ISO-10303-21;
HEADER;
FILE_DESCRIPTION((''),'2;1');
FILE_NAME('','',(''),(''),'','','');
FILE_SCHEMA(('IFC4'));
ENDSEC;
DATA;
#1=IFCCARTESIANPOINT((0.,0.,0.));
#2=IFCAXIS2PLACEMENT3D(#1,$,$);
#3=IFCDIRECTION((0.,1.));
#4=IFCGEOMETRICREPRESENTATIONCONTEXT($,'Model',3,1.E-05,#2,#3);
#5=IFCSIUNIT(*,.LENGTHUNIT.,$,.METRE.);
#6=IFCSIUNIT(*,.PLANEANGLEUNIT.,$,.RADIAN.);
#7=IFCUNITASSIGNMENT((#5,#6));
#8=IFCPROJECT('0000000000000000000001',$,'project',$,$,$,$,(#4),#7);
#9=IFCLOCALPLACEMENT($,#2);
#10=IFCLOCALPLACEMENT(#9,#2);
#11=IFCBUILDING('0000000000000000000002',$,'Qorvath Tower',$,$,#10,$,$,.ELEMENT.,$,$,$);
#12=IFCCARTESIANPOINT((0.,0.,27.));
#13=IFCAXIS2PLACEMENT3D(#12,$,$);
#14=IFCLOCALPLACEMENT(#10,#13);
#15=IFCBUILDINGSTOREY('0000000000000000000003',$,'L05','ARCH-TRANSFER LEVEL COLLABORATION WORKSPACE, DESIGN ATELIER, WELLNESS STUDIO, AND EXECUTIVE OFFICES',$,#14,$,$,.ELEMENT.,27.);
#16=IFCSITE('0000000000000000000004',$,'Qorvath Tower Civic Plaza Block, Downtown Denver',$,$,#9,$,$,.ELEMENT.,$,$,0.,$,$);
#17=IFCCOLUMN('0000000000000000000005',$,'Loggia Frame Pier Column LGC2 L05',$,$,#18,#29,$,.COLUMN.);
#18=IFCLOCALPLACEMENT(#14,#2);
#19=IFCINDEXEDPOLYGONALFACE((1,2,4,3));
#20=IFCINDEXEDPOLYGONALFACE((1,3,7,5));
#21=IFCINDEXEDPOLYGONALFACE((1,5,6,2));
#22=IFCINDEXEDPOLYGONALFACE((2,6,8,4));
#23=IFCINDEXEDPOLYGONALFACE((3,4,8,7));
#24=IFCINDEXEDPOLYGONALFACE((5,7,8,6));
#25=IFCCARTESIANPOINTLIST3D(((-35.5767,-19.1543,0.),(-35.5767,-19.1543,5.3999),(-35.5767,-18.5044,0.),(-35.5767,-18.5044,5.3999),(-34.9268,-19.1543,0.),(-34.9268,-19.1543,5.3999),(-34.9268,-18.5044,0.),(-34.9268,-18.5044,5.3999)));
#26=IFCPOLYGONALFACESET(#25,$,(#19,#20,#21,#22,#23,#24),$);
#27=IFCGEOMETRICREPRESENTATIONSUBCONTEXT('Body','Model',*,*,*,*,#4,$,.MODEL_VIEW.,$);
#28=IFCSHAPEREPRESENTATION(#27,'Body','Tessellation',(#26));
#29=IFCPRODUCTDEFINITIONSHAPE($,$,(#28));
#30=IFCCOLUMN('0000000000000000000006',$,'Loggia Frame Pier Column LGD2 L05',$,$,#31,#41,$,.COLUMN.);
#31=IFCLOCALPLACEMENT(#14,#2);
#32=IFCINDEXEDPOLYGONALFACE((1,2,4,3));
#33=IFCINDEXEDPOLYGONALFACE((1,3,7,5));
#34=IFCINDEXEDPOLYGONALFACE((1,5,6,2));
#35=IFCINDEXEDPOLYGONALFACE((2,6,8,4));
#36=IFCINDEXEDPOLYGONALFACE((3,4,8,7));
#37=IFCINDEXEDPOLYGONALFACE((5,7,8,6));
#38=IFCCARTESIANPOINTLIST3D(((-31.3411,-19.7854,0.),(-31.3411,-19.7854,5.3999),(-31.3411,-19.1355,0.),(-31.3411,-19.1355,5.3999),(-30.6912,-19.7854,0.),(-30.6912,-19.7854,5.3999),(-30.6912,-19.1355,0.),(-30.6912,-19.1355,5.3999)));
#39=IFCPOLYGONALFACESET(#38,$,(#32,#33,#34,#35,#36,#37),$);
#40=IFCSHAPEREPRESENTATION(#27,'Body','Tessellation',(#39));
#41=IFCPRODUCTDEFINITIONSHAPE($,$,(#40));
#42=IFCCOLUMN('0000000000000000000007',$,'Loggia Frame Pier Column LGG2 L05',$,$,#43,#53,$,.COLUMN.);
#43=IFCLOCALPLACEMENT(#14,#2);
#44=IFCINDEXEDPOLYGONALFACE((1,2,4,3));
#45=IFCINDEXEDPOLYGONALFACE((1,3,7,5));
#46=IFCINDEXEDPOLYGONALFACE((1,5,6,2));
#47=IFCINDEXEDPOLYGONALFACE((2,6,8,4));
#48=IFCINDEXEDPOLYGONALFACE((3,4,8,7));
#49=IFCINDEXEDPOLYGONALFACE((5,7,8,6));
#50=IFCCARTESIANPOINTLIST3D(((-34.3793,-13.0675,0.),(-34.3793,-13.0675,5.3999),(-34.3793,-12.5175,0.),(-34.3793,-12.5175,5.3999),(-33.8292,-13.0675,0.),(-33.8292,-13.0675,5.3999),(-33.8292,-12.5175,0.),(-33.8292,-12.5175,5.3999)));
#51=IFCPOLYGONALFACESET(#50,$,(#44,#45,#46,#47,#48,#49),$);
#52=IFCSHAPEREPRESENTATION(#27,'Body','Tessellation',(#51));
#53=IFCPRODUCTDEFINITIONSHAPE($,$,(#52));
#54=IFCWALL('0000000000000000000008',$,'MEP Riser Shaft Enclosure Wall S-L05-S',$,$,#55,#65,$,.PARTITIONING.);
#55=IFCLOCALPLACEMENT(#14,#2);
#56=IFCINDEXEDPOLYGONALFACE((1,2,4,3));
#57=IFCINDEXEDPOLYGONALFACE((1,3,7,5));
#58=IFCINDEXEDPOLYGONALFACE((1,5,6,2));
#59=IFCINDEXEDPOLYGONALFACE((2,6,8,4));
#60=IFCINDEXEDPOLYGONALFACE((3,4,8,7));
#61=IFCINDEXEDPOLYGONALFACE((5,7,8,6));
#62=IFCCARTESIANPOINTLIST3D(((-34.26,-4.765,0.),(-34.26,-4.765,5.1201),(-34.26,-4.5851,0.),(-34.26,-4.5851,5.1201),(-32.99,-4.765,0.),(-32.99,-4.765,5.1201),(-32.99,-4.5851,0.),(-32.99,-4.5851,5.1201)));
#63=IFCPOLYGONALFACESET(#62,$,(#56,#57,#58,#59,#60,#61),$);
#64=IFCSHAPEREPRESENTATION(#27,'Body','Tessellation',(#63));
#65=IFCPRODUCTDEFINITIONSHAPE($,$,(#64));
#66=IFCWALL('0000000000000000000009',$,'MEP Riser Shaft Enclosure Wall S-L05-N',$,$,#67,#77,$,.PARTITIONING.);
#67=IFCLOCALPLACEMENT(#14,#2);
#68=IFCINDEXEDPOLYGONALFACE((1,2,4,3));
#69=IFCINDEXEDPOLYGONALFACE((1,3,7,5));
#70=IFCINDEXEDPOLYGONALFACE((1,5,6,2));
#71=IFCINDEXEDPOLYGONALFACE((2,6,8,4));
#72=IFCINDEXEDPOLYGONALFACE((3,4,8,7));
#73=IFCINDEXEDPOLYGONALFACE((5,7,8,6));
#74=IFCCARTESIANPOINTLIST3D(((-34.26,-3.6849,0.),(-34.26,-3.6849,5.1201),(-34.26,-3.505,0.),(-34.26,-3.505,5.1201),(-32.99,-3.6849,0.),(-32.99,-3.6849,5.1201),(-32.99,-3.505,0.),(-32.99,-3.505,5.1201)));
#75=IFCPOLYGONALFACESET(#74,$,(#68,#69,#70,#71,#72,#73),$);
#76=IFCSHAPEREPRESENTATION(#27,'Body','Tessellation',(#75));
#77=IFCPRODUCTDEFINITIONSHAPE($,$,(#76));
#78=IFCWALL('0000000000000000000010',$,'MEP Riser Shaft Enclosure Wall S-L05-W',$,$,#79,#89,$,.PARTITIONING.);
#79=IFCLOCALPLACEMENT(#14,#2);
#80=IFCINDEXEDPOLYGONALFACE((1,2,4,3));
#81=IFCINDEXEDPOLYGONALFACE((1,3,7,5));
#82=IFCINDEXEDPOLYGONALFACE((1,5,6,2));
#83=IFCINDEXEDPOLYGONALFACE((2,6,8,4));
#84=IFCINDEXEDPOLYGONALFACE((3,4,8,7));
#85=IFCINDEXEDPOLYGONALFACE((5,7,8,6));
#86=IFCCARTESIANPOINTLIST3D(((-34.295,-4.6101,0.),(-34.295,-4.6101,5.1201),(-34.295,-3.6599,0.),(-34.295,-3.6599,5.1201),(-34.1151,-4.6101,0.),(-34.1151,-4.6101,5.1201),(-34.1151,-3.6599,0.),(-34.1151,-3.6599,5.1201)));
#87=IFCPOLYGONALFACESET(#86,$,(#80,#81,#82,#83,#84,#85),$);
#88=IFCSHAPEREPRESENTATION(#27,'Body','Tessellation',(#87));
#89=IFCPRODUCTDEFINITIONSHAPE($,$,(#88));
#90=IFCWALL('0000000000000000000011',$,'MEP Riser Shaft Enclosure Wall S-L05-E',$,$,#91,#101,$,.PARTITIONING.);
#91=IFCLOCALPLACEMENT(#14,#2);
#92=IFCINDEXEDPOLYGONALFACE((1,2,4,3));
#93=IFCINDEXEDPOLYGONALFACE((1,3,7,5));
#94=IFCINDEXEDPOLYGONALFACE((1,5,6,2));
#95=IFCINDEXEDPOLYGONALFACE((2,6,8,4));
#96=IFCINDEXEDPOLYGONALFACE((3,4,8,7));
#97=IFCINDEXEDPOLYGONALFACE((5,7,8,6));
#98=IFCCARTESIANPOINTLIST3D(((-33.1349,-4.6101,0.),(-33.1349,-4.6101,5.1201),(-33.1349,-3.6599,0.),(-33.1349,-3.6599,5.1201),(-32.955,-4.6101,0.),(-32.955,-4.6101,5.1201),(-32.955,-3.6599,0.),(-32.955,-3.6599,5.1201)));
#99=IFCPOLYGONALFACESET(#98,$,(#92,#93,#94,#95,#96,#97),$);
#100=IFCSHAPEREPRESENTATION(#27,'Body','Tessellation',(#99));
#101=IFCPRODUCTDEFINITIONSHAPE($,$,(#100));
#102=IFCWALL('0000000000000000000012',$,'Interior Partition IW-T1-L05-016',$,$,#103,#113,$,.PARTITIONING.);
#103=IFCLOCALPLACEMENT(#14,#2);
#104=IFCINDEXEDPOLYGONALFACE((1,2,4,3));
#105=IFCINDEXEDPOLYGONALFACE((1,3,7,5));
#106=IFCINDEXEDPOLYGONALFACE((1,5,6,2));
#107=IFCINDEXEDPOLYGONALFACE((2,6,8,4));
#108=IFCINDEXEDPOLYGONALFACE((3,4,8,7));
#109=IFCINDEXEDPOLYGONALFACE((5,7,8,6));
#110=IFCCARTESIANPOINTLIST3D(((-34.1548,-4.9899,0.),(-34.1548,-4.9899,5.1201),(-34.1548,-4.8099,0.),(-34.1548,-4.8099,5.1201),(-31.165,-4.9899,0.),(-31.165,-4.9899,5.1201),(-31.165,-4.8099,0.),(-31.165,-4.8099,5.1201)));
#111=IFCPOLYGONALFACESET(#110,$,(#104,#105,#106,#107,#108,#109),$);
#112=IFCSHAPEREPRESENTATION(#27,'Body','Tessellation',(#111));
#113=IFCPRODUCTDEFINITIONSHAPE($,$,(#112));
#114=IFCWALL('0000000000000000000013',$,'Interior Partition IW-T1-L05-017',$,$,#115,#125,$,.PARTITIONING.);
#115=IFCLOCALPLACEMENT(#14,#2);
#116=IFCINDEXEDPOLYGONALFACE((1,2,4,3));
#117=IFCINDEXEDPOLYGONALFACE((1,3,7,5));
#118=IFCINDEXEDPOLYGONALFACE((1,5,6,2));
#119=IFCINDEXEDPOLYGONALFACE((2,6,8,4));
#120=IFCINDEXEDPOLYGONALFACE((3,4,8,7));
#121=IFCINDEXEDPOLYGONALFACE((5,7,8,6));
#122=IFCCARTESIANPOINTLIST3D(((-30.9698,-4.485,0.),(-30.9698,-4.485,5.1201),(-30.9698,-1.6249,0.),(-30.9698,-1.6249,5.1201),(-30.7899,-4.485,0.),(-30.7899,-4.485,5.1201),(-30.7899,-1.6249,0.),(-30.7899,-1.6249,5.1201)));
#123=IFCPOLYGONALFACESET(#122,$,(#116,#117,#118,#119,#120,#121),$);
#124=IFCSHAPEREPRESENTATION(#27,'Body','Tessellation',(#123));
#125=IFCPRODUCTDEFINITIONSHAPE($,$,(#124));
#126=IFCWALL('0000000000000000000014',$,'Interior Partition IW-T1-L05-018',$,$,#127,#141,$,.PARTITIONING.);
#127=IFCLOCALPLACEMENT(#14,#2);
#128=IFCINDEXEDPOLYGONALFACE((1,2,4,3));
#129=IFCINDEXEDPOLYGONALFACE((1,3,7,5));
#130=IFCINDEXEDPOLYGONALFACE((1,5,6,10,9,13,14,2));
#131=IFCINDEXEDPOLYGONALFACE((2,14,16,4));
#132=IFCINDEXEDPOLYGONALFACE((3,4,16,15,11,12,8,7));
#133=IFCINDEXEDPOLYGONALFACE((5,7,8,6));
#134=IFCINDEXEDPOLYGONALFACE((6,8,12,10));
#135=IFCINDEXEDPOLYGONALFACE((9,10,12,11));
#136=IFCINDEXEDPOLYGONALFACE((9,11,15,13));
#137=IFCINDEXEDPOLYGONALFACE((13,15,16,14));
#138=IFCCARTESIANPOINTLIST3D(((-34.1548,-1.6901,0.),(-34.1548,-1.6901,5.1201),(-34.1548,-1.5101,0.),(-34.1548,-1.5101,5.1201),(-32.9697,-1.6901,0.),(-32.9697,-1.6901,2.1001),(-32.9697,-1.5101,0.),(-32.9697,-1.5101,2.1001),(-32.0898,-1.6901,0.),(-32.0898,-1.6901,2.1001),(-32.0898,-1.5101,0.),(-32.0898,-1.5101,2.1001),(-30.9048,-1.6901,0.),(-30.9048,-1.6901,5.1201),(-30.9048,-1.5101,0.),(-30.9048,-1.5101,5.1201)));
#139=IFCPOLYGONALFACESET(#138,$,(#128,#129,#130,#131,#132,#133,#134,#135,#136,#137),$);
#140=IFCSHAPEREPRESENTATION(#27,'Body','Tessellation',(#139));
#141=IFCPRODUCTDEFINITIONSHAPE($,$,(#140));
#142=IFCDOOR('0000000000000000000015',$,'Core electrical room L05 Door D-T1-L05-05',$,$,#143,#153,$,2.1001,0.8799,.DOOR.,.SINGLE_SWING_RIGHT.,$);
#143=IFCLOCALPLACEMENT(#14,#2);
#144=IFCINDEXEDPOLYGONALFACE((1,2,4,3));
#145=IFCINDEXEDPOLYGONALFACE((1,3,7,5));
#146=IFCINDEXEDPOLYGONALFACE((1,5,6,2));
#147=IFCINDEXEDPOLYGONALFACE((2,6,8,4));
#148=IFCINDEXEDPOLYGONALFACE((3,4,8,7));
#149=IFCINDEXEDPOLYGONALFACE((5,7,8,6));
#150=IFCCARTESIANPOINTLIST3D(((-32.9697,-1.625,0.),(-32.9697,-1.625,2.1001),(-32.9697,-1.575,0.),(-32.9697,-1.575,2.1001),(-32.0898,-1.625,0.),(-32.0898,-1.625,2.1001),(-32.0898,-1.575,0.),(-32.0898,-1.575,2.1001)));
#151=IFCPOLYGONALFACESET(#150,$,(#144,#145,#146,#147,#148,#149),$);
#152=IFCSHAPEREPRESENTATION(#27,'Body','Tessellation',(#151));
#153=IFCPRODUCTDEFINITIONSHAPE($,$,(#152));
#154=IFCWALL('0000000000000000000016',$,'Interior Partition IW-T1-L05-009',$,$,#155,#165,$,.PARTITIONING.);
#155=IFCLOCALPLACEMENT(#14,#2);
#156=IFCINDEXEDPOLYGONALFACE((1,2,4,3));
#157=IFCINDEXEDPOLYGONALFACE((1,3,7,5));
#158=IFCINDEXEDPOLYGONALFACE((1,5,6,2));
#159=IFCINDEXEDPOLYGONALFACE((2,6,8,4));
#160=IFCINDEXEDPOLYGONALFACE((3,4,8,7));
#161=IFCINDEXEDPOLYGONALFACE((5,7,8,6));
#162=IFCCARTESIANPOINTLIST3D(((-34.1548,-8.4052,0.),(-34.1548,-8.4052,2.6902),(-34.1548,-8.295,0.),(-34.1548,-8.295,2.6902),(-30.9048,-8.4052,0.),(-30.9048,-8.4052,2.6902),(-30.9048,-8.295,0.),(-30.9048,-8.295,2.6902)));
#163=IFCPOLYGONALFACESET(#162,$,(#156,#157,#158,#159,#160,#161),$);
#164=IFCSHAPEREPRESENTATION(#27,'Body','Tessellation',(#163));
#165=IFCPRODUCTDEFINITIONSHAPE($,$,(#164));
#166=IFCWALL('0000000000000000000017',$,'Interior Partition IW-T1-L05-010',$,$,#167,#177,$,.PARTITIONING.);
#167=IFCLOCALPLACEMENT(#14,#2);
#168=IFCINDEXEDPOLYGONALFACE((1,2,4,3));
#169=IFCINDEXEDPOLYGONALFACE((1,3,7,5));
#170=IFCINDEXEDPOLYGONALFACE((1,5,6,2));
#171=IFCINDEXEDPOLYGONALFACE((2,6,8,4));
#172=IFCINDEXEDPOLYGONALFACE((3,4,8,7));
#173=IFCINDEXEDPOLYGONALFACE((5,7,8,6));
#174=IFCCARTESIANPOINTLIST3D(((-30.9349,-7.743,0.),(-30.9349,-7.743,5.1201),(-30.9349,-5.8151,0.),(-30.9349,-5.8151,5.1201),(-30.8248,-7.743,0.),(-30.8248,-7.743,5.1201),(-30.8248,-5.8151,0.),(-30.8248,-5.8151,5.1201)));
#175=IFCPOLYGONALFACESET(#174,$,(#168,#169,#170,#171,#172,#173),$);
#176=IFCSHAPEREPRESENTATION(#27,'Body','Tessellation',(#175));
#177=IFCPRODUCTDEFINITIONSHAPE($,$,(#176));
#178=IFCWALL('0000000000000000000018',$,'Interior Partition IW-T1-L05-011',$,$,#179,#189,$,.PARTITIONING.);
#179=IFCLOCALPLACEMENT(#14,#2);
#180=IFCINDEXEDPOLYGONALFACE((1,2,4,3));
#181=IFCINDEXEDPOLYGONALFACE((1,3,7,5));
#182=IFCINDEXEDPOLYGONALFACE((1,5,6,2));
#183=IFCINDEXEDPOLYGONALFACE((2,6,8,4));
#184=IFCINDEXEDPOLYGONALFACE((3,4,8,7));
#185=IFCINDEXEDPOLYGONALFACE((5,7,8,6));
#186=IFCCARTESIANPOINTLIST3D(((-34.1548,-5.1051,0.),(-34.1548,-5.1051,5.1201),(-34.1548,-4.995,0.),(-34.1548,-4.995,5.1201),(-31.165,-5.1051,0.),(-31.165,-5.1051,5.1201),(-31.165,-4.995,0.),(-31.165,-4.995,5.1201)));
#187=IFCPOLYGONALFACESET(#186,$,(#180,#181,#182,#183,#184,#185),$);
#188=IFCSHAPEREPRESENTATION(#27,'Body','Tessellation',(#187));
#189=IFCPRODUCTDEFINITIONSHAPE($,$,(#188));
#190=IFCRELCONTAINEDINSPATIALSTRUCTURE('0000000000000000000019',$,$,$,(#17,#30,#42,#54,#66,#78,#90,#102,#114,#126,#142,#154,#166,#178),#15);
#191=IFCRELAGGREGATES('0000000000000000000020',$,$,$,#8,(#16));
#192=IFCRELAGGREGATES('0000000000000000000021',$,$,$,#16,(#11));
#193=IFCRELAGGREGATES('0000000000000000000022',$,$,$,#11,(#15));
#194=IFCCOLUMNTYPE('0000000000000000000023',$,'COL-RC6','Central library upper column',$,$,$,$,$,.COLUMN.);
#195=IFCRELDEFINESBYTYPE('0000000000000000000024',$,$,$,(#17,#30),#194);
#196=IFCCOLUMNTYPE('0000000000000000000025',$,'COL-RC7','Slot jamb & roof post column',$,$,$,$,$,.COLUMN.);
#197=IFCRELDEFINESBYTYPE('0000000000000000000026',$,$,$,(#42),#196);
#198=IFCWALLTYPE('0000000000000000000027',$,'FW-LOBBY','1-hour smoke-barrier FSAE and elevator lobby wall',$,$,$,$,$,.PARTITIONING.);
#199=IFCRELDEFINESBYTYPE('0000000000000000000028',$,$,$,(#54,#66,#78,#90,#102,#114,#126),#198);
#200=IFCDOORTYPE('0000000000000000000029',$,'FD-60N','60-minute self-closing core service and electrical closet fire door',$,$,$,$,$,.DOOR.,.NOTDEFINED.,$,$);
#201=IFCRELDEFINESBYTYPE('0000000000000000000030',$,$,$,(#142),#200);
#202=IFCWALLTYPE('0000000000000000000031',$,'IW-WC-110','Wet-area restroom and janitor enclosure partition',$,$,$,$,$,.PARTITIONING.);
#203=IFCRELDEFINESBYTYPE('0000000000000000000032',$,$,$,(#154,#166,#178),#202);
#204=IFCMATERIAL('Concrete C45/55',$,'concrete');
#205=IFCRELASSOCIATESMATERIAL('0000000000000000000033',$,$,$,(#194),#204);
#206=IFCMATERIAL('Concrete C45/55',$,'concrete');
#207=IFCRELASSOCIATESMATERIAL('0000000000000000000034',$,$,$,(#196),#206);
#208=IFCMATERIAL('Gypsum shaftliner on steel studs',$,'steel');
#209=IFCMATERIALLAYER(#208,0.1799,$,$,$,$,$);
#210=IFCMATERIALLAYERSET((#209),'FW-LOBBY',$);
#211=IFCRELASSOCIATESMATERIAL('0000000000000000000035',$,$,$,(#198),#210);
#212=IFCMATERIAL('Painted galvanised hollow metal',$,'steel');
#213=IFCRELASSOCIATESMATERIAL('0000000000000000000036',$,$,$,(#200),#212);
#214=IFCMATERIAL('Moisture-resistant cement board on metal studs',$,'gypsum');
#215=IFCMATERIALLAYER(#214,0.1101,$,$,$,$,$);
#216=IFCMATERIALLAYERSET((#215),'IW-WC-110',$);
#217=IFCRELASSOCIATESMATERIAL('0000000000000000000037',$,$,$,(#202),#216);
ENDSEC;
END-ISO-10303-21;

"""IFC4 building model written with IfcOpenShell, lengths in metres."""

from ifc_helpers import new_model, si_unit, direction, frame, frame_2d, origin, origin_2d, place, context, subcontext, project, spatial, rectangle, extrude, material, layer, layer_set, material_profile, profile_set, type_object, element, fill, save


model = new_model("IFC4")

# Units and contexts
model_context = context("Model", 3, precision=1e-05, world=origin(), true_north=direction((0.0, 1.0)))
body_context = subcontext(model_context, "Body", "Model", "MODEL_VIEW")
ifc_project = project(units=[si_unit("LENGTHUNIT", "METRE"), si_unit("PLANEANGLEUNIT", "RADIAN")], contexts=[model_context])

# Site, building, storey
site_placement = place(None, origin())
site = spatial("IfcSite", under=ifc_project, at=site_placement, Name="Qorvath Tower Civic Plaza Block, Downtown Denver", CompositionType="ELEMENT", RefElevation=0.0)
building_placement = place(site_placement, origin())
building = spatial("IfcBuilding", under=site, at=building_placement, Name="Qorvath Tower", CompositionType="ELEMENT")
storey_placement = place(building_placement, frame((0.0, 0.0, 27.0)))
storey = spatial("IfcBuildingStorey", under=building, at=storey_placement, Name="L05", Description="ARCH-TRANSFER LEVEL COLLABORATION WORKSPACE, DESIGN ATELIER, WELLNESS STUDIO, AND EXECUTIVE OFFICES", CompositionType="ELEMENT", Elevation=27.0)

# Columns
ifc_material_1 = material(Name="Concrete C45/55", Category="concrete")
ifc_material_profile_1 = material_profile(ifc_material_1, rectangle(XDim=0.6499, YDim=0.6499, at=origin_2d()), Name="RC 650x650")
ifc_profile_set_1 = profile_set([ifc_material_profile_1], Name="Concrete C45/55")
column_type_1 = type_object("IfcColumnType", Name="COL-RC6", Description="Central library upper column", PredefinedType="COLUMN", material=ifc_profile_set_1)
for number, where, z_axis, x_axis, name in (
    (1, (-35.2517, -18.8293, 0.0), (0.0, 0.0, 1.0), (1.0, 0.0, 0.0), "Loggia Frame Pier Column LGC2 L05"),
    (2, (-31.0161, -19.4604, 0.0), (0.0, 0.0, 1.0), (1.0, 0.0, 0.0), "Loggia Frame Pier Column LGD2 L05"),
):
    element("IfcColumn", number, at=place(storey_placement, frame(where, z_axis=z_axis, x_axis=x_axis)), inside=storey, type_object=column_type_1, Name=name, PredefinedType="COLUMN", context=body_context, shape_type="SweptSolid", body=[
        extrude(rectangle(XDim=0.6499, YDim=0.6499, at=origin_2d()), origin(), (0.0, 0.0, 1.0), 5.3999),
    ])
ifc_material_2 = material(Name="Concrete C45/55", Category="concrete")
ifc_material_profile_2 = material_profile(ifc_material_2, rectangle(XDim=0.55, YDim=0.55, at=origin_2d()), Name="RC 550x550")
ifc_profile_set_2 = profile_set([ifc_material_profile_2], Name="Concrete C45/55")
column_type_2 = type_object("IfcColumnType", Name="COL-RC7", Description="Slot jamb & roof post column", PredefinedType="COLUMN", material=ifc_profile_set_2)
column_placement = place(storey_placement, frame((-34.1042, -12.7925, 0.0), z_axis=(0.0, 0.0, 1.0), x_axis=(1.0, 0.0, 0.0)))
element("IfcColumn", 3, at=column_placement, inside=storey, type_object=column_type_2, Name="Loggia Frame Pier Column LGG2 L05", PredefinedType="COLUMN", context=body_context, shape_type="SweptSolid", body=[
    extrude(rectangle(XDim=0.55, YDim=0.55, at=origin_2d()), origin(), (0.0, 0.0, 1.0), 5.3999),
])

# Walls
ifc_material_3 = material(Name="Gypsum shaftliner on steel studs", Category="steel")
ifc_layer_1 = layer(ifc_material_3, 0.1799)
ifc_layer_set_1 = layer_set([ifc_layer_1], Name="FW-LOBBY")
wall_type_1 = type_object("IfcWallType", Name="FW-LOBBY", Description="1-hour smoke-barrier FSAE and elevator lobby wall", PredefinedType="PARTITIONING", material=ifc_layer_set_1)
for number, where, z_axis, x_axis, name in (
    (4, (-32.99, -4.675, 0.0), (0.0, 0.0, 1.0), (-1.0, 0.0, 0.0), "MEP Riser Shaft Enclosure Wall S-L05-S"),
    (5, (-34.26, -3.595, 0.0), (0.0, 0.0, 1.0), (1.0, 0.0, 0.0), "MEP Riser Shaft Enclosure Wall S-L05-N"),
):
    element("IfcWall", number, at=place(storey_placement, frame(where, z_axis=z_axis, x_axis=x_axis)), inside=storey, type_object=wall_type_1, Name=name, PredefinedType="PARTITIONING", context=body_context, shape_type="SweptSolid", body=[
        extrude(rectangle(XDim=1.27, YDim=0.1799, at=frame_2d((0.635, 0.0))), origin(), (0.0, 0.0, 1.0), 5.1201),
    ])
for number, where, z_axis, x_axis, name in (
    (6, (-34.2051, -4.6101, 0.0), (0.0, 0.0, 1.0), (0.0, 1.0, 0.0), "MEP Riser Shaft Enclosure Wall S-L05-W"),
    (7, (-33.0449, -3.6599, 0.0), (0.0, 0.0, 1.0), (0.0, -1.0, 0.0), "MEP Riser Shaft Enclosure Wall S-L05-E"),
):
    element("IfcWall", number, at=place(storey_placement, frame(where, z_axis=z_axis, x_axis=x_axis)), inside=storey, type_object=wall_type_1, Name=name, PredefinedType="PARTITIONING", context=body_context, shape_type="SweptSolid", body=[
        extrude(rectangle(XDim=0.9502, YDim=0.1799, at=frame_2d((0.4751, 0.0))), origin(), (0.0, 0.0, 1.0), 5.1201),
    ])
wall_1_placement = place(storey_placement, frame((-34.1548, -4.8999, 0.0), z_axis=(0.0, 0.0, 1.0), x_axis=(1.0, 0.0, 0.0)))
element("IfcWall", 8, at=wall_1_placement, inside=storey, type_object=wall_type_1, Name="Interior Partition IW-T1-L05-016", PredefinedType="PARTITIONING", context=body_context, shape_type="SweptSolid", body=[
    extrude(rectangle(XDim=2.9897, YDim=0.1799, at=frame_2d((1.4949, 0.0))), origin(), (0.0, 0.0, 1.0), 5.1201),
])
wall_2_placement = place(storey_placement, frame((-30.8799, -4.4851, 0.0), z_axis=(0.0, 0.0, 1.0), x_axis=(0.0, 1.0, 0.0)))
element("IfcWall", 9, at=wall_2_placement, inside=storey, type_object=wall_type_1, Name="Interior Partition IW-T1-L05-017", PredefinedType="PARTITIONING", context=body_context, shape_type="SweptSolid", body=[
    extrude(rectangle(XDim=2.8601, YDim=0.1799, at=frame_2d((1.4302, 0.0))), origin(), (0.0, 0.0, 1.0), 5.1201),
])

# Wall, opening, door
wall_3_placement = place(storey_placement, frame((-30.9048, -1.6001, 0.0), z_axis=(0.0, 0.0, 1.0), x_axis=(-1.0, 0.0, 0.0)))
wall_3 = element("IfcWall", 10, at=wall_3_placement, inside=storey, type_object=wall_type_1, Name="Interior Partition IW-T1-L05-018", PredefinedType="PARTITIONING", context=body_context, shape_type="SweptSolid", body=[
    extrude(rectangle(XDim=3.25, YDim=0.1799, at=frame_2d((1.625, 0.0))), origin(), (0.0, 0.0, 1.0), 5.1201),
])
opening_1_placement = place(wall_3_placement, frame((1.1851, 0.0, 0.0)))
opening_1 = element("IfcOpeningElement", 11, at=opening_1_placement, cuts=wall_3, PredefinedType="OPENING", context=body_context, shape_type="SweptSolid", body=[
    extrude(rectangle(XDim=0.8799, YDim=2.1001, at=frame_2d((0.4399, 1.05))), frame((0.0, 0.1001, 0.0), z_axis=(0.0, -1.0, 0.0), x_axis=(1.0, 0.0, 0.0)), (0.0, 0.0, 1.0), 0.2),
])
ifc_material_4 = material(Name="Painted galvanised hollow metal", Category="steel")
door_type_1 = type_object("IfcDoorType", Name="FD-60N", Description="60-minute self-closing core service and electrical closet fire door", OperationType="NOTDEFINED", PredefinedType="DOOR", material=ifc_material_4)
door_1_placement = place(opening_1_placement, origin())
door_1 = element("IfcDoor", 12, at=door_1_placement, inside=storey, type_object=door_type_1, Name="Core electrical room L05 Door D-T1-L05-05", OperationType="SINGLE_SWING_RIGHT", OverallHeight=2.1001, OverallWidth=0.8799, PredefinedType="DOOR", context=body_context, shape_type="SweptSolid", body=[
    extrude(rectangle(XDim=0.8799, YDim=2.1001, at=frame_2d((0.4399, 1.05))), frame((0.0, 0.0249, 0.0), z_axis=(0.0, -1.0, 0.0), x_axis=(1.0, 0.0, 0.0)), (0.0, 0.0, 1.0), 0.05),
])
fill(opening_1, door_1)

# Walls
ifc_material_5 = material(Name="Moisture-resistant cement board on metal studs", Category="gypsum")
ifc_layer_2 = layer(ifc_material_5, 0.1101)
ifc_layer_set_2 = layer_set([ifc_layer_2], Name="IW-WC-110")
wall_type_2 = type_object("IfcWallType", Name="IW-WC-110", Description="Wet-area restroom and janitor enclosure partition", PredefinedType="PARTITIONING", material=ifc_layer_set_2)
wall_4_placement = place(storey_placement, frame((-34.1548, -8.3501, 0.0), z_axis=(0.0, 0.0, 1.0), x_axis=(1.0, 0.0, 0.0)))
element("IfcWall", 13, at=wall_4_placement, inside=storey, type_object=wall_type_2, Name="Interior Partition IW-T1-L05-009", PredefinedType="PARTITIONING", context=body_context, shape_type="SweptSolid", body=[
    extrude(rectangle(XDim=3.25, YDim=0.1101, at=frame_2d((1.625, 0.0))), origin(), (0.0, 0.0, 1.0), 2.6902),
])
wall_5_placement = place(storey_placement, frame((-30.8799, -7.7429, 0.0), z_axis=(0.0, 0.0, 1.0), x_axis=(0.0, 1.0, 0.0)))
element("IfcWall", 14, at=wall_5_placement, inside=storey, type_object=wall_type_2, Name="Interior Partition IW-T1-L05-010", PredefinedType="PARTITIONING", context=body_context, shape_type="SweptSolid", body=[
    extrude(rectangle(XDim=1.928, YDim=0.1101, at=frame_2d((0.9639, 0.0))), origin(), (0.0, 0.0, 1.0), 5.1201),
])
wall_6_placement = place(storey_placement, frame((-31.165, -5.05, 0.0), z_axis=(0.0, 0.0, 1.0), x_axis=(-1.0, 0.0, 0.0)))
element("IfcWall", 15, at=wall_6_placement, inside=storey, type_object=wall_type_2, Name="Interior Partition IW-T1-L05-011", PredefinedType="PARTITIONING", context=body_context, shape_type="SweptSolid", body=[
    extrude(rectangle(XDim=2.9897, YDim=0.1101, at=frame_2d((1.4949, 0.0))), origin(), (0.0, 0.0, 1.0), 5.1201),
])

save(model, "model.ifc")
